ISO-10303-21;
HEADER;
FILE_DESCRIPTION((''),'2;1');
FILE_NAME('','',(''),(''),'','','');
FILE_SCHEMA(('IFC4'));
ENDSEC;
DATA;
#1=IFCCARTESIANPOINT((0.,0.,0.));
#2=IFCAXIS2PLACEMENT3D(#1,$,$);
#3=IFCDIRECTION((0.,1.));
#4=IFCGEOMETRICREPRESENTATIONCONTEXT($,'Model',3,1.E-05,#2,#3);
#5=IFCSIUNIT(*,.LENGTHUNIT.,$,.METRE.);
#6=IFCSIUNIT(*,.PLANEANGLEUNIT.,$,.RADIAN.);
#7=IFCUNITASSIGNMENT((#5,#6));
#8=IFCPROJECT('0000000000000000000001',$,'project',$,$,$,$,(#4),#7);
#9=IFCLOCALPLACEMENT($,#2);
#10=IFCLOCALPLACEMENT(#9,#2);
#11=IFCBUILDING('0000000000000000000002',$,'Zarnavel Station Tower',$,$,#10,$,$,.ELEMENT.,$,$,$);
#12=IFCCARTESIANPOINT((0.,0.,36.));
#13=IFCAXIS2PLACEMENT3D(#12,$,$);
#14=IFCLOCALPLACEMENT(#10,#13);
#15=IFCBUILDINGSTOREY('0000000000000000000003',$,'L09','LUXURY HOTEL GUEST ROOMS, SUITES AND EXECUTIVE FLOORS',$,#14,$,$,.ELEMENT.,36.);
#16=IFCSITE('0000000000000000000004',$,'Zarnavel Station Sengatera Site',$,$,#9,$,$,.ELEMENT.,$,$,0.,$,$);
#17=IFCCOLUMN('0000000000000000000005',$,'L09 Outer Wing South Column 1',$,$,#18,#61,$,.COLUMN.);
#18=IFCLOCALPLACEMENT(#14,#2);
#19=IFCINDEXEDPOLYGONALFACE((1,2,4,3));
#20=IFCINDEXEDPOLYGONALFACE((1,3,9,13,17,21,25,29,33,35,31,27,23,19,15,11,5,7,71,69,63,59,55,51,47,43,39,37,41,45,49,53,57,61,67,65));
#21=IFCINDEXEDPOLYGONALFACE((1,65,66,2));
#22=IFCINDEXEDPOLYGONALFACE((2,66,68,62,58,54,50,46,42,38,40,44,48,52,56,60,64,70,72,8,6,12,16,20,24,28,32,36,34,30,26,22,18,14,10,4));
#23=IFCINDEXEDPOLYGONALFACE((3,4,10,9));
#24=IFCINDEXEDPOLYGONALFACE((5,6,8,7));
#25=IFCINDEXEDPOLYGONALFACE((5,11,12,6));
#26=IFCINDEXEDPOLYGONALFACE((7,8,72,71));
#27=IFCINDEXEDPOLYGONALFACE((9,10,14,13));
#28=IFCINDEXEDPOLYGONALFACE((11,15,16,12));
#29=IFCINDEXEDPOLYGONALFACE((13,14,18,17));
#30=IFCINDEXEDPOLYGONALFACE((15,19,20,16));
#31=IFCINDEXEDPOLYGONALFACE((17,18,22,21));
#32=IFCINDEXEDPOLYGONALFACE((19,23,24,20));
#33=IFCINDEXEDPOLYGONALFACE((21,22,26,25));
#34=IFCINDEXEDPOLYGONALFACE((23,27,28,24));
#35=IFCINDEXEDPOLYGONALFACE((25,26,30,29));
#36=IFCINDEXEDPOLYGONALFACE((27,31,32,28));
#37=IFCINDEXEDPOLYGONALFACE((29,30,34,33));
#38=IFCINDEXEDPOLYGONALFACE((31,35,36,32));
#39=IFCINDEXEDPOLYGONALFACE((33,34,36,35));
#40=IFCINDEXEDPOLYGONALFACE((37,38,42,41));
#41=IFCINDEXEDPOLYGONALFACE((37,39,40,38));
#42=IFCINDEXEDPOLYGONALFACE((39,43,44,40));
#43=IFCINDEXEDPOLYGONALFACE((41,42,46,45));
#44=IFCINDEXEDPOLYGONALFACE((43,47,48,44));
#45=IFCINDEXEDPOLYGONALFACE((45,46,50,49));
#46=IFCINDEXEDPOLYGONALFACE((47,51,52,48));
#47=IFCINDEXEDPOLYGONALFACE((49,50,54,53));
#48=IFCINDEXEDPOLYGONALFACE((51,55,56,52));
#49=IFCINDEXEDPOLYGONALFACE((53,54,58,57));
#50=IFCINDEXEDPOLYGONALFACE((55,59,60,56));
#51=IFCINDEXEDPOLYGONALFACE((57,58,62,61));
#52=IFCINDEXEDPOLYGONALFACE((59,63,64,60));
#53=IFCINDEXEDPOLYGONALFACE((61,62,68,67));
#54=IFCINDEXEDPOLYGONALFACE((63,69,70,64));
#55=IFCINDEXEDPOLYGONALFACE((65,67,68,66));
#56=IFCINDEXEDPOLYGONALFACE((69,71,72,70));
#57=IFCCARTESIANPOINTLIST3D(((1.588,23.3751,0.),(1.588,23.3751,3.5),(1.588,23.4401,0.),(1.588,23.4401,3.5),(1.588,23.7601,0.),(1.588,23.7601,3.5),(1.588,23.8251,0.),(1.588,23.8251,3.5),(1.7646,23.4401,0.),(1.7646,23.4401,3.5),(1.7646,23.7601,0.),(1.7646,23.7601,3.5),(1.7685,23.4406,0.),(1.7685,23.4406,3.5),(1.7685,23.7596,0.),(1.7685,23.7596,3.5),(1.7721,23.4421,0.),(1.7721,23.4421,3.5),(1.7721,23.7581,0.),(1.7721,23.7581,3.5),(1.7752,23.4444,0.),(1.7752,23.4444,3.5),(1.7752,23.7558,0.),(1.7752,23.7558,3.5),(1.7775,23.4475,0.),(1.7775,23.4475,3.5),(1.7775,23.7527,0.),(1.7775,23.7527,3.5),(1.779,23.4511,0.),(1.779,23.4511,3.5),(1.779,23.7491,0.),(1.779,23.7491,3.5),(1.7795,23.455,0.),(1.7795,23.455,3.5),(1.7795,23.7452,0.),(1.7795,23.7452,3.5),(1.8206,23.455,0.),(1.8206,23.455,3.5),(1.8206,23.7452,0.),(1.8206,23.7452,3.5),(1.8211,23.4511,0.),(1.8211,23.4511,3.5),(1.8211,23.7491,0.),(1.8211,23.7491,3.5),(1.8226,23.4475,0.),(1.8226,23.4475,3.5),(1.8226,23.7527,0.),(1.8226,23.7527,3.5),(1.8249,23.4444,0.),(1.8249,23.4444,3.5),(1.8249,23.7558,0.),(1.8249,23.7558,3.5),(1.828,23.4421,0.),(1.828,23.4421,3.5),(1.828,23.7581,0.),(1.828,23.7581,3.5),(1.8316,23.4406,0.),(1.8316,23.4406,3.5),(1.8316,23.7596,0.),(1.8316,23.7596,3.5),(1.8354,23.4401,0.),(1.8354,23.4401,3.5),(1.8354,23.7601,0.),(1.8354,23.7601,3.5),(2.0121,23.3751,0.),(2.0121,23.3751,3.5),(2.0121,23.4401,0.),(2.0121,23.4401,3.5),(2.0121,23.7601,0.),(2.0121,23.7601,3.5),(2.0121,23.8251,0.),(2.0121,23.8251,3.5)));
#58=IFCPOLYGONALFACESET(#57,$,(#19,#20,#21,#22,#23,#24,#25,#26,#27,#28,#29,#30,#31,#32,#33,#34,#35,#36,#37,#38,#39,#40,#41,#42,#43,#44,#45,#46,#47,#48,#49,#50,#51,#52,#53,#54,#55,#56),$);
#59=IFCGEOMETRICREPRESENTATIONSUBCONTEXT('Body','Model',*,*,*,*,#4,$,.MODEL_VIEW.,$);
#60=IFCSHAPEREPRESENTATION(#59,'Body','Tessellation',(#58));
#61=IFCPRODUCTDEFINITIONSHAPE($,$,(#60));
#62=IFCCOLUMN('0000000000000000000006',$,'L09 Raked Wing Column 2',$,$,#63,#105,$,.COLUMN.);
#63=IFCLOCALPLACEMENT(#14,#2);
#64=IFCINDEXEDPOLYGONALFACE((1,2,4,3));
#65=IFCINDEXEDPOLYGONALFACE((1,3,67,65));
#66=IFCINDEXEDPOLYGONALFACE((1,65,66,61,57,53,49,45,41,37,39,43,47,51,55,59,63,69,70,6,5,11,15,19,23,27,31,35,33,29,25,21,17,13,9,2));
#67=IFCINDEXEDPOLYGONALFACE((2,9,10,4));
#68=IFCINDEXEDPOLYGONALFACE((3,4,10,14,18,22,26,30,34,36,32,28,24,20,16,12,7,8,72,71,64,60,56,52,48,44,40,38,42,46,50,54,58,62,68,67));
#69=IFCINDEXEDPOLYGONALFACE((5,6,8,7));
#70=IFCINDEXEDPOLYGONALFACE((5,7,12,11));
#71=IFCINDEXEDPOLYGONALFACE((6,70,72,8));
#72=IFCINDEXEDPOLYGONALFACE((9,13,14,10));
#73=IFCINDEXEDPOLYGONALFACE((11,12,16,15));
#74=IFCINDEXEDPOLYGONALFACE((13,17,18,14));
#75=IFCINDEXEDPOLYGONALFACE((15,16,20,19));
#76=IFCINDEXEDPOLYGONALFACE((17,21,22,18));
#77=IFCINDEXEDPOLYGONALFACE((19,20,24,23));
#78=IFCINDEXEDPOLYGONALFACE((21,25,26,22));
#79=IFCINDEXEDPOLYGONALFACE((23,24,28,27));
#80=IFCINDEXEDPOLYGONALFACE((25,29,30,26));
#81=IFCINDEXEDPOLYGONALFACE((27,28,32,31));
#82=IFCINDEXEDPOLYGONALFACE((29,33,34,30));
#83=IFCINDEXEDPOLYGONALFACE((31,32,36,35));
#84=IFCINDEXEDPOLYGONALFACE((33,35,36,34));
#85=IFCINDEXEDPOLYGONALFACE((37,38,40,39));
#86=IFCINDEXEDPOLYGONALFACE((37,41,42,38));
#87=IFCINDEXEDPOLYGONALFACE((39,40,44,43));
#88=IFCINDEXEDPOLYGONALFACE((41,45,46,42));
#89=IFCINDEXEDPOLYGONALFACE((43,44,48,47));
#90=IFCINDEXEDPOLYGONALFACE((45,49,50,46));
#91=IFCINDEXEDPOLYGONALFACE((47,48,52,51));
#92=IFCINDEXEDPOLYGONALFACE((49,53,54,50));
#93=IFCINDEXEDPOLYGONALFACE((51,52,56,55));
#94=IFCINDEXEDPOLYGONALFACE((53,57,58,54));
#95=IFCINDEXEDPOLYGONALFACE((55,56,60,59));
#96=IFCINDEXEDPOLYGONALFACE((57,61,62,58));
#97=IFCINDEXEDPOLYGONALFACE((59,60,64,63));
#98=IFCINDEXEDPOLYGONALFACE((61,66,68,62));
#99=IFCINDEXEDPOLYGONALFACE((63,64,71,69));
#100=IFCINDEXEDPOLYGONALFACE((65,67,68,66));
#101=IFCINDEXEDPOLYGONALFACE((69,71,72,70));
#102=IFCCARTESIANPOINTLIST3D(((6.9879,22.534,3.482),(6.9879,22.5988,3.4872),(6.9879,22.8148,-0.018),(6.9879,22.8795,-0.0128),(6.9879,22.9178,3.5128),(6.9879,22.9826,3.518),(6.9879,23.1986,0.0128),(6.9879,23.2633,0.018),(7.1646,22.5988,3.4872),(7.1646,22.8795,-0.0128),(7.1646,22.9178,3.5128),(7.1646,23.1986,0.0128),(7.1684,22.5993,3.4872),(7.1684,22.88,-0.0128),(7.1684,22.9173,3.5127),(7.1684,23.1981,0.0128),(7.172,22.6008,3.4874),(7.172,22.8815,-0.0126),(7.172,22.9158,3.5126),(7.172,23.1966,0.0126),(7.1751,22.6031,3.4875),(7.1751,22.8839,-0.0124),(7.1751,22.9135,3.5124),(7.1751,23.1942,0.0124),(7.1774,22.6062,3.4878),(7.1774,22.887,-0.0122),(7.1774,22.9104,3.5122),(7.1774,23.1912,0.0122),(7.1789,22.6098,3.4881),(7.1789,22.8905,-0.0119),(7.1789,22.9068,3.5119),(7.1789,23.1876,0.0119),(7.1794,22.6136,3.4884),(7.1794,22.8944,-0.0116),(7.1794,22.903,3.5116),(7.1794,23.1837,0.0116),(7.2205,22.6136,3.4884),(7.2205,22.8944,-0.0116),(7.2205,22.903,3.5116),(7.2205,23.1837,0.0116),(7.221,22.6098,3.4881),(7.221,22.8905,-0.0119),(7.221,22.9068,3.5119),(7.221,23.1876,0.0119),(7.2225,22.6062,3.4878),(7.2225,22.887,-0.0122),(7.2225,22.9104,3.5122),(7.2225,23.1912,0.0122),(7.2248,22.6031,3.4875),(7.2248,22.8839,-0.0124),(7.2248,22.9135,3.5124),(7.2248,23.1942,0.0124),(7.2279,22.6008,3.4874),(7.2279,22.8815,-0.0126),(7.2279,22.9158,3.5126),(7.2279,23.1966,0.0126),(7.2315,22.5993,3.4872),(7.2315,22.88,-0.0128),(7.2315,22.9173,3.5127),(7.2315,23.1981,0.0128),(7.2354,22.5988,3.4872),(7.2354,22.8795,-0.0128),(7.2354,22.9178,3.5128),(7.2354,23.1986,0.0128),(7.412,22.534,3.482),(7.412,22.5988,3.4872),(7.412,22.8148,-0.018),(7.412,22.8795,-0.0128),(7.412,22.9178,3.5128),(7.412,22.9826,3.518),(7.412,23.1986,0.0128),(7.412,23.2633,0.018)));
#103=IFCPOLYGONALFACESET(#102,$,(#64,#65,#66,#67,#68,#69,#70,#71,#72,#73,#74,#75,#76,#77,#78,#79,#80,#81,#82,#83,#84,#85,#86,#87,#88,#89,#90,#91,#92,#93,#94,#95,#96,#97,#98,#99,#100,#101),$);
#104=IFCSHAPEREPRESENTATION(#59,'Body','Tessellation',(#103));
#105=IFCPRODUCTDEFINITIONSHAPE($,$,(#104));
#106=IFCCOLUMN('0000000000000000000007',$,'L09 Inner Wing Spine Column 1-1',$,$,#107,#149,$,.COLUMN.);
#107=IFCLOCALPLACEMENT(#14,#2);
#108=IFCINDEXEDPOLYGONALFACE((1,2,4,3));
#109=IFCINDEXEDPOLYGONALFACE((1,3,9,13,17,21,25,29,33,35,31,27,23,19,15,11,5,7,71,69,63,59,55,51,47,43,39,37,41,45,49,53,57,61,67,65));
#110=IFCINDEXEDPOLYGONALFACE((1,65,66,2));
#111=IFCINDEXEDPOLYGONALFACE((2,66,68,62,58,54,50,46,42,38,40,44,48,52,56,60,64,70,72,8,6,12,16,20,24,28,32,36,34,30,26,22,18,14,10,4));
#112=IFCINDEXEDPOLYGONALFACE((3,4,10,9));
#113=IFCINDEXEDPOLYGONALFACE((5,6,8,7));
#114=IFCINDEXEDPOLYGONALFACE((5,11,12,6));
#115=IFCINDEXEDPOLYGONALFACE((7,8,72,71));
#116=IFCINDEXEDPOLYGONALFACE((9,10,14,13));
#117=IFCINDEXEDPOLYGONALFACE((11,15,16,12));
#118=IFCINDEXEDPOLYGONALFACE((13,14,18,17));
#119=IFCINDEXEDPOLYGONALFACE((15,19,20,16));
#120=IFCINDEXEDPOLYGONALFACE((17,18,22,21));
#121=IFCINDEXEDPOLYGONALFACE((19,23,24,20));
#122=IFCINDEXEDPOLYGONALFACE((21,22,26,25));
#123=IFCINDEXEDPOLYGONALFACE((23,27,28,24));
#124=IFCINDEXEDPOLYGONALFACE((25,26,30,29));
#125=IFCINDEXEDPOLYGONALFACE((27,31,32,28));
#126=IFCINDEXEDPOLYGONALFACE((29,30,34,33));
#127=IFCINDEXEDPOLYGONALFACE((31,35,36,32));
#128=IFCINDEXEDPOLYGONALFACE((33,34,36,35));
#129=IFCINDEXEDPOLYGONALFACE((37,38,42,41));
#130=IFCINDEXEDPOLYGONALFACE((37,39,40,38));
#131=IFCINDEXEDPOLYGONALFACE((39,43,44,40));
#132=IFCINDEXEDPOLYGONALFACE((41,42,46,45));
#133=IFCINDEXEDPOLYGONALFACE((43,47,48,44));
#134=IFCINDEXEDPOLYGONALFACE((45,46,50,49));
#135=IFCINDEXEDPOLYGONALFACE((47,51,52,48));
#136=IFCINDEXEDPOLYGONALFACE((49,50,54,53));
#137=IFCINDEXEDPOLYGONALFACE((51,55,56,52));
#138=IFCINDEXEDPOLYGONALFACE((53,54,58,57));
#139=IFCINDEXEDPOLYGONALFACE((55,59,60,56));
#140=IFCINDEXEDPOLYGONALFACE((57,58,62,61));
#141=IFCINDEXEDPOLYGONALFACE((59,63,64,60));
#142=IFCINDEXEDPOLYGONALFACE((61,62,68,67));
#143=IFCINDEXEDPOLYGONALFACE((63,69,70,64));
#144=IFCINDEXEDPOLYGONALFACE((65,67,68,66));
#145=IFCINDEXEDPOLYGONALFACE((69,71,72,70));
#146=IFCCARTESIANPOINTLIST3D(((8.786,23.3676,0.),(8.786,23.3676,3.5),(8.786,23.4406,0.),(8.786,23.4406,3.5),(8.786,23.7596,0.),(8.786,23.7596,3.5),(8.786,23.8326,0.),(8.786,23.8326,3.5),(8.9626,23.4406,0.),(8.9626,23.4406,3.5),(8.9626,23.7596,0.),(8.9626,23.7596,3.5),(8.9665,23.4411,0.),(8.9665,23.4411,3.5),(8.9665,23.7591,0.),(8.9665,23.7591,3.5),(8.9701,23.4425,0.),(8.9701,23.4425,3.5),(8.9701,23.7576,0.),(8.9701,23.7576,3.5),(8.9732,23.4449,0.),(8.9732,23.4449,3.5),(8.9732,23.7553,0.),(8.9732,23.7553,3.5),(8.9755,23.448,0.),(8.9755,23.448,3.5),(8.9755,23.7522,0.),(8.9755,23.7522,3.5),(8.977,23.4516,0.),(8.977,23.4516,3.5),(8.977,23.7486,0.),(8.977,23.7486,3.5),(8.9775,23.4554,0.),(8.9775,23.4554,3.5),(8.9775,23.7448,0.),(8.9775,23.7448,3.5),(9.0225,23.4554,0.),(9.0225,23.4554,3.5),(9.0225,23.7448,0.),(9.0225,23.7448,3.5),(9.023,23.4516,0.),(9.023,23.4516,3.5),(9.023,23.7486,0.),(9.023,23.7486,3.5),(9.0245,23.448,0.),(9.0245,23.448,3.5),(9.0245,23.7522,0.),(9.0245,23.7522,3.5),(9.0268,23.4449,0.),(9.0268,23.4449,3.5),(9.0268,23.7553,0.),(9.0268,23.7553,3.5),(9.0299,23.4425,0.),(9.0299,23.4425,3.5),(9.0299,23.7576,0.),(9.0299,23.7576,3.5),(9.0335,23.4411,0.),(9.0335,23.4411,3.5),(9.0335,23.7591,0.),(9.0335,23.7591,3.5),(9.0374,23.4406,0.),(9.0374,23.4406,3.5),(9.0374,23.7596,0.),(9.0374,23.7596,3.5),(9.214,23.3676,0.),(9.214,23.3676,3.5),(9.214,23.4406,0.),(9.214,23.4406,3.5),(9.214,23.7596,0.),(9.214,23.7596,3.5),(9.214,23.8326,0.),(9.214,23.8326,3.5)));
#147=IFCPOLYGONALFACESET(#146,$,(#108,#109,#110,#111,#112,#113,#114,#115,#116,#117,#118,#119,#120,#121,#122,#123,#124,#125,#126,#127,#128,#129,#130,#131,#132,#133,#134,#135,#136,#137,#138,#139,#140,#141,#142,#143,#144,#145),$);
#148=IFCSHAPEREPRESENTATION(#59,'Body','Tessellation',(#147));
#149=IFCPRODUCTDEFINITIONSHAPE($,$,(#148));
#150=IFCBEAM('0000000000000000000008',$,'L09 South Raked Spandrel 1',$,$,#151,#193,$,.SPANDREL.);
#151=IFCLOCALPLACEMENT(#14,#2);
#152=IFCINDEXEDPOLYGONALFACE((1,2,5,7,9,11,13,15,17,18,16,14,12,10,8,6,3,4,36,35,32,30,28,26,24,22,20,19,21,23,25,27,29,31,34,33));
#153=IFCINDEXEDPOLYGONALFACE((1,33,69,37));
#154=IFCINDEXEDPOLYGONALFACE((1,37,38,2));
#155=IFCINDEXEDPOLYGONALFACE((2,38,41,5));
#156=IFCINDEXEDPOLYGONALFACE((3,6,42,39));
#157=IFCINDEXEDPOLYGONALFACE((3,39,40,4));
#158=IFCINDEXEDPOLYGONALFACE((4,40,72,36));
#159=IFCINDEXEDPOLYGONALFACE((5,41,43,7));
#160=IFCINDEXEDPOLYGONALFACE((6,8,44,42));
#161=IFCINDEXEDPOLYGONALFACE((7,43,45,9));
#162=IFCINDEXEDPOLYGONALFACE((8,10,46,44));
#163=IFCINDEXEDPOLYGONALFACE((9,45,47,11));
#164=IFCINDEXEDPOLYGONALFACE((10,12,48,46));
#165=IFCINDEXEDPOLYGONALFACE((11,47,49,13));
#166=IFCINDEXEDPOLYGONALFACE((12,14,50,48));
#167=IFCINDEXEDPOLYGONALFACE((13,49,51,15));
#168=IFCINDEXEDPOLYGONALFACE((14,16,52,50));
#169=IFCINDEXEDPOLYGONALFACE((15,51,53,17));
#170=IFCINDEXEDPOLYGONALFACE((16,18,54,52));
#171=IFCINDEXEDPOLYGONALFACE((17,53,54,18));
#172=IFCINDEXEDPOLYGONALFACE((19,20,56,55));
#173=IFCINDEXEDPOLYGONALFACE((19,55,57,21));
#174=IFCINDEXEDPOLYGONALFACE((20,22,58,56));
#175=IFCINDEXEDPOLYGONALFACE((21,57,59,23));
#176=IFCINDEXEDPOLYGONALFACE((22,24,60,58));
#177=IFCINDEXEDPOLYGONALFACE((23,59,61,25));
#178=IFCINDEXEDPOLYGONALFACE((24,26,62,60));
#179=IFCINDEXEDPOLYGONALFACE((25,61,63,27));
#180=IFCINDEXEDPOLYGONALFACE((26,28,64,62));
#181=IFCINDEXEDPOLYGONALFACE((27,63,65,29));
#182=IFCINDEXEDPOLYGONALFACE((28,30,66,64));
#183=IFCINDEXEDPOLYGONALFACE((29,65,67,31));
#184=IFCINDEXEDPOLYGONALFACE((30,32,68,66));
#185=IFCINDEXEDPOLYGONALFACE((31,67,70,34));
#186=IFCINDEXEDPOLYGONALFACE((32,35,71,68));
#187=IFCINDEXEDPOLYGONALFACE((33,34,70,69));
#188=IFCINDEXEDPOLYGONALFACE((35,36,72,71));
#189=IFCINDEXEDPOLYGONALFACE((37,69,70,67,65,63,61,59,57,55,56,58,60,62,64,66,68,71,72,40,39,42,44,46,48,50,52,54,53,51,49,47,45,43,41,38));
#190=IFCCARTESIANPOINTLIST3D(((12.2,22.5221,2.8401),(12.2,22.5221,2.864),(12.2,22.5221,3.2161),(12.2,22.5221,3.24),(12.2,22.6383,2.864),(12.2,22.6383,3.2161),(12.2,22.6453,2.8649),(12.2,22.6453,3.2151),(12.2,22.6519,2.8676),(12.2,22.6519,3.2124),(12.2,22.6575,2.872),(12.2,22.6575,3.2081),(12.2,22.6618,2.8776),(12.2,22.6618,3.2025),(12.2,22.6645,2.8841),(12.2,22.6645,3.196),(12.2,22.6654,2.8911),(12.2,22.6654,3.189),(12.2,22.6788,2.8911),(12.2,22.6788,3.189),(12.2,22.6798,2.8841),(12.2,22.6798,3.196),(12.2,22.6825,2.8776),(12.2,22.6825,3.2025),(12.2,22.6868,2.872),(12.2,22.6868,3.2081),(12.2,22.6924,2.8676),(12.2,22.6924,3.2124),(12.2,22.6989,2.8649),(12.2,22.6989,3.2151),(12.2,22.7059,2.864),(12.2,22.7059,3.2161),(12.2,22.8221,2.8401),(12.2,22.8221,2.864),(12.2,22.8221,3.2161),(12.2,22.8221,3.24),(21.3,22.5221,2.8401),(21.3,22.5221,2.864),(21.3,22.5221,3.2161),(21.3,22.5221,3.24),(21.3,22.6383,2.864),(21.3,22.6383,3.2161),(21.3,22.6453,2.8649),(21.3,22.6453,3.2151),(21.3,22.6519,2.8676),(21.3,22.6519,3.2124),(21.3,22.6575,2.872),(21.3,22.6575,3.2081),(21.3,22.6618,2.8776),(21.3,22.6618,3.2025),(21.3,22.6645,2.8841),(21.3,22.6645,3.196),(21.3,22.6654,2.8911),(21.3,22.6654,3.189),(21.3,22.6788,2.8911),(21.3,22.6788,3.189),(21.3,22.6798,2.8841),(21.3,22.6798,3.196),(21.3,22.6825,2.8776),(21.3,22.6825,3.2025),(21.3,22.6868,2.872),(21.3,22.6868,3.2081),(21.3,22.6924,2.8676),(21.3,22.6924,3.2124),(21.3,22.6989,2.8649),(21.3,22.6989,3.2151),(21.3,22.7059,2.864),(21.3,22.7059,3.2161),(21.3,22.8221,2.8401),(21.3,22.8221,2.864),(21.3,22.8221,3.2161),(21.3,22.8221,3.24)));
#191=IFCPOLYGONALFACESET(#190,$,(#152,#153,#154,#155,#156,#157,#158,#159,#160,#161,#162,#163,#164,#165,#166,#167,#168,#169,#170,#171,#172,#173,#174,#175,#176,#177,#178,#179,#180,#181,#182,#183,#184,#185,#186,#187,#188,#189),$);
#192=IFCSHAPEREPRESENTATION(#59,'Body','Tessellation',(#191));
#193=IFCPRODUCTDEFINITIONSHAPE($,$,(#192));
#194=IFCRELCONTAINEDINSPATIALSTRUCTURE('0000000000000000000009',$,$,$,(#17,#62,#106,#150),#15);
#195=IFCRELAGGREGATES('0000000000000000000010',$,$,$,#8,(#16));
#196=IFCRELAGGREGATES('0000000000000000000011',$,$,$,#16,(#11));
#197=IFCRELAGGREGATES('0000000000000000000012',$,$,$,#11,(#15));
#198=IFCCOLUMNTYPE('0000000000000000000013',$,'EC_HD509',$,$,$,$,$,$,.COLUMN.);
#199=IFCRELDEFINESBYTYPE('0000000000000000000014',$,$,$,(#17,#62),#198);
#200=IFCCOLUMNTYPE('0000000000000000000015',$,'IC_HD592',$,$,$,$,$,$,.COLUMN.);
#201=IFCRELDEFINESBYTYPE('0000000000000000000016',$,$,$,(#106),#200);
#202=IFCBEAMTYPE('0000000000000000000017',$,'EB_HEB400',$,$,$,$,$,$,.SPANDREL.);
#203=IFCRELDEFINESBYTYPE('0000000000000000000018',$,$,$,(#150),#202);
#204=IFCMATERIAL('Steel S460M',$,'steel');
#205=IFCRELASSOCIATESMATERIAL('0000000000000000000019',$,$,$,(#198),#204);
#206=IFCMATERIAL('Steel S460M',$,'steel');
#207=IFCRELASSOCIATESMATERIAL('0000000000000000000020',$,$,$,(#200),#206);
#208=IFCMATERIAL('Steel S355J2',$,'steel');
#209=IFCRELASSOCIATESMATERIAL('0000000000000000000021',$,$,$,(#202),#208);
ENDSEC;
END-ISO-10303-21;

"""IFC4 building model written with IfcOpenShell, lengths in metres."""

from ifc_helpers import new_model, si_unit, direction, frame, origin, origin_2d, place, context, subcontext, project, spatial, i_section, extrude, material, material_profile, profile_set, type_object, element, save


model = new_model("IFC4")

# Units and contexts
model_context = context("Model", 3, precision=1e-05, world=origin(), true_north=direction((0.0, 1.0)))
body_context = subcontext(model_context, "Body", "Model", "MODEL_VIEW")
ifc_project = project(units=[si_unit("LENGTHUNIT", "METRE"), si_unit("PLANEANGLEUNIT", "RADIAN")], contexts=[model_context])

# Site, building, storey
site_placement = place(None, origin())
site = spatial("IfcSite", under=ifc_project, at=site_placement, Name="Zarnavel Station Sengatera Site", CompositionType="ELEMENT", RefElevation=0.0)
building_placement = place(site_placement, origin())
building = spatial("IfcBuilding", under=site, at=building_placement, Name="Zarnavel Station Tower", CompositionType="ELEMENT")
storey_placement = place(building_placement, frame((0.0, 0.0, 36.0)))
storey = spatial("IfcBuildingStorey", under=building, at=storey_placement, Name="L09", Description="LUXURY HOTEL GUEST ROOMS, SUITES AND EXECUTIVE FLOORS", CompositionType="ELEMENT", Elevation=36.0)

# Columns
ifc_material_1 = material(Name="Steel S460M", Category="steel")
ifc_material_profile_1 = material_profile(ifc_material_1, i_section(OverallWidth=0.4241, OverallDepth=0.45, WebThickness=0.041, FlangeThickness=0.0649, FilletRadius=0.0149, at=origin_2d()), Name="HD400x509")
ifc_profile_set_1 = profile_set([ifc_material_profile_1], Name="Steel S460M")
column_type_1 = type_object("IfcColumnType", Name="EC_HD509", PredefinedType="COLUMN", material=ifc_profile_set_1)
column_1_placement = place(storey_placement, frame((1.8, 23.6001, 0.0), z_axis=(0.0, 0.0, 1.0), x_axis=(1.0, 0.0, 0.0)))
element("IfcColumn", 1, at=column_1_placement, inside=storey, type_object=column_type_1, Name="L09 Outer Wing South Column 1", PredefinedType="COLUMN", context=body_context, shape_type="SweptSolid", body=[
    extrude(i_section(OverallWidth=0.4241, OverallDepth=0.45, WebThickness=0.041, FlangeThickness=0.0649, FilletRadius=0.0149, at=origin_2d()), origin(), (0.0, 0.0, 1.0), 3.5),
])
column_2_placement = place(storey_placement, frame((7.2, 23.0391, 0.0), z_axis=(0.0, -0.079961, 0.996798), x_axis=(1.0, 0.0, 0.0)))
element("IfcColumn", 2, at=column_2_placement, inside=storey, type_object=column_type_1, Name="L09 Raked Wing Column 2", PredefinedType="COLUMN", context=body_context, shape_type="SweptSolid", body=[
    extrude(i_section(OverallWidth=0.4241, OverallDepth=0.45, WebThickness=0.041, FlangeThickness=0.0649, FilletRadius=0.0149, at=origin_2d()), origin(), (0.0, 0.0, 1.0), 3.5112),
])
ifc_material_2 = material(Name="Steel S460M", Category="steel")
ifc_material_profile_2 = material_profile(ifc_material_2, i_section(OverallWidth=0.428, OverallDepth=0.4651, WebThickness=0.0449, FlangeThickness=0.073, FilletRadius=0.0149, at=origin_2d()), Name="HD400x592")
ifc_profile_set_2 = profile_set([ifc_material_profile_2], Name="Steel S460M")
column_type_2 = type_object("IfcColumnType", Name="IC_HD592", PredefinedType="COLUMN", material=ifc_profile_set_2)
column_3_placement = place(storey_placement, frame((9.0, 23.6001, 0.0), z_axis=(0.0, 0.0, 1.0), x_axis=(1.0, 0.0, 0.0)))
element("IfcColumn", 3, at=column_3_placement, inside=storey, type_object=column_type_2, Name="L09 Inner Wing Spine Column 1-1", PredefinedType="COLUMN", context=body_context, shape_type="SweptSolid", body=[
    extrude(i_section(OverallWidth=0.428, OverallDepth=0.4651, WebThickness=0.0449, FlangeThickness=0.073, FilletRadius=0.0149, at=origin_2d()), origin(), (0.0, 0.0, 1.0), 3.5),
])

# Beam
ifc_material_3 = material(Name="Steel S355J2", Category="steel")
ifc_material_profile_3 = material_profile(ifc_material_3, i_section(OverallWidth=0.3, OverallDepth=0.3999, WebThickness=0.0134, FlangeThickness=0.0239, FilletRadius=0.0271, at=origin_2d()), Name="HEB400")
ifc_profile_set_3 = profile_set([ifc_material_profile_3], Name="Steel S355J2")
beam_type_1 = type_object("IfcBeamType", Name="EB_HEB400", PredefinedType="SPANDREL", material=ifc_profile_set_3)
beam_1_placement = place(storey_placement, frame((12.2, 22.6721, 3.04), z_axis=(1.0, 0.0, 0.0), x_axis=(0.0, 1.0, 0.0)))
element("IfcBeam", 4, at=beam_1_placement, inside=storey, type_object=beam_type_1, Name="L09 South Raked Spandrel 1", PredefinedType="SPANDREL", context=body_context, shape_type="SweptSolid", body=[
    extrude(i_section(OverallWidth=0.3, OverallDepth=0.3999, WebThickness=0.0134, FlangeThickness=0.0239, FilletRadius=0.0271, at=origin_2d()), origin(), (0.0, 0.0, 1.0), 9.1001),
])

save(model, "model.ifc")
